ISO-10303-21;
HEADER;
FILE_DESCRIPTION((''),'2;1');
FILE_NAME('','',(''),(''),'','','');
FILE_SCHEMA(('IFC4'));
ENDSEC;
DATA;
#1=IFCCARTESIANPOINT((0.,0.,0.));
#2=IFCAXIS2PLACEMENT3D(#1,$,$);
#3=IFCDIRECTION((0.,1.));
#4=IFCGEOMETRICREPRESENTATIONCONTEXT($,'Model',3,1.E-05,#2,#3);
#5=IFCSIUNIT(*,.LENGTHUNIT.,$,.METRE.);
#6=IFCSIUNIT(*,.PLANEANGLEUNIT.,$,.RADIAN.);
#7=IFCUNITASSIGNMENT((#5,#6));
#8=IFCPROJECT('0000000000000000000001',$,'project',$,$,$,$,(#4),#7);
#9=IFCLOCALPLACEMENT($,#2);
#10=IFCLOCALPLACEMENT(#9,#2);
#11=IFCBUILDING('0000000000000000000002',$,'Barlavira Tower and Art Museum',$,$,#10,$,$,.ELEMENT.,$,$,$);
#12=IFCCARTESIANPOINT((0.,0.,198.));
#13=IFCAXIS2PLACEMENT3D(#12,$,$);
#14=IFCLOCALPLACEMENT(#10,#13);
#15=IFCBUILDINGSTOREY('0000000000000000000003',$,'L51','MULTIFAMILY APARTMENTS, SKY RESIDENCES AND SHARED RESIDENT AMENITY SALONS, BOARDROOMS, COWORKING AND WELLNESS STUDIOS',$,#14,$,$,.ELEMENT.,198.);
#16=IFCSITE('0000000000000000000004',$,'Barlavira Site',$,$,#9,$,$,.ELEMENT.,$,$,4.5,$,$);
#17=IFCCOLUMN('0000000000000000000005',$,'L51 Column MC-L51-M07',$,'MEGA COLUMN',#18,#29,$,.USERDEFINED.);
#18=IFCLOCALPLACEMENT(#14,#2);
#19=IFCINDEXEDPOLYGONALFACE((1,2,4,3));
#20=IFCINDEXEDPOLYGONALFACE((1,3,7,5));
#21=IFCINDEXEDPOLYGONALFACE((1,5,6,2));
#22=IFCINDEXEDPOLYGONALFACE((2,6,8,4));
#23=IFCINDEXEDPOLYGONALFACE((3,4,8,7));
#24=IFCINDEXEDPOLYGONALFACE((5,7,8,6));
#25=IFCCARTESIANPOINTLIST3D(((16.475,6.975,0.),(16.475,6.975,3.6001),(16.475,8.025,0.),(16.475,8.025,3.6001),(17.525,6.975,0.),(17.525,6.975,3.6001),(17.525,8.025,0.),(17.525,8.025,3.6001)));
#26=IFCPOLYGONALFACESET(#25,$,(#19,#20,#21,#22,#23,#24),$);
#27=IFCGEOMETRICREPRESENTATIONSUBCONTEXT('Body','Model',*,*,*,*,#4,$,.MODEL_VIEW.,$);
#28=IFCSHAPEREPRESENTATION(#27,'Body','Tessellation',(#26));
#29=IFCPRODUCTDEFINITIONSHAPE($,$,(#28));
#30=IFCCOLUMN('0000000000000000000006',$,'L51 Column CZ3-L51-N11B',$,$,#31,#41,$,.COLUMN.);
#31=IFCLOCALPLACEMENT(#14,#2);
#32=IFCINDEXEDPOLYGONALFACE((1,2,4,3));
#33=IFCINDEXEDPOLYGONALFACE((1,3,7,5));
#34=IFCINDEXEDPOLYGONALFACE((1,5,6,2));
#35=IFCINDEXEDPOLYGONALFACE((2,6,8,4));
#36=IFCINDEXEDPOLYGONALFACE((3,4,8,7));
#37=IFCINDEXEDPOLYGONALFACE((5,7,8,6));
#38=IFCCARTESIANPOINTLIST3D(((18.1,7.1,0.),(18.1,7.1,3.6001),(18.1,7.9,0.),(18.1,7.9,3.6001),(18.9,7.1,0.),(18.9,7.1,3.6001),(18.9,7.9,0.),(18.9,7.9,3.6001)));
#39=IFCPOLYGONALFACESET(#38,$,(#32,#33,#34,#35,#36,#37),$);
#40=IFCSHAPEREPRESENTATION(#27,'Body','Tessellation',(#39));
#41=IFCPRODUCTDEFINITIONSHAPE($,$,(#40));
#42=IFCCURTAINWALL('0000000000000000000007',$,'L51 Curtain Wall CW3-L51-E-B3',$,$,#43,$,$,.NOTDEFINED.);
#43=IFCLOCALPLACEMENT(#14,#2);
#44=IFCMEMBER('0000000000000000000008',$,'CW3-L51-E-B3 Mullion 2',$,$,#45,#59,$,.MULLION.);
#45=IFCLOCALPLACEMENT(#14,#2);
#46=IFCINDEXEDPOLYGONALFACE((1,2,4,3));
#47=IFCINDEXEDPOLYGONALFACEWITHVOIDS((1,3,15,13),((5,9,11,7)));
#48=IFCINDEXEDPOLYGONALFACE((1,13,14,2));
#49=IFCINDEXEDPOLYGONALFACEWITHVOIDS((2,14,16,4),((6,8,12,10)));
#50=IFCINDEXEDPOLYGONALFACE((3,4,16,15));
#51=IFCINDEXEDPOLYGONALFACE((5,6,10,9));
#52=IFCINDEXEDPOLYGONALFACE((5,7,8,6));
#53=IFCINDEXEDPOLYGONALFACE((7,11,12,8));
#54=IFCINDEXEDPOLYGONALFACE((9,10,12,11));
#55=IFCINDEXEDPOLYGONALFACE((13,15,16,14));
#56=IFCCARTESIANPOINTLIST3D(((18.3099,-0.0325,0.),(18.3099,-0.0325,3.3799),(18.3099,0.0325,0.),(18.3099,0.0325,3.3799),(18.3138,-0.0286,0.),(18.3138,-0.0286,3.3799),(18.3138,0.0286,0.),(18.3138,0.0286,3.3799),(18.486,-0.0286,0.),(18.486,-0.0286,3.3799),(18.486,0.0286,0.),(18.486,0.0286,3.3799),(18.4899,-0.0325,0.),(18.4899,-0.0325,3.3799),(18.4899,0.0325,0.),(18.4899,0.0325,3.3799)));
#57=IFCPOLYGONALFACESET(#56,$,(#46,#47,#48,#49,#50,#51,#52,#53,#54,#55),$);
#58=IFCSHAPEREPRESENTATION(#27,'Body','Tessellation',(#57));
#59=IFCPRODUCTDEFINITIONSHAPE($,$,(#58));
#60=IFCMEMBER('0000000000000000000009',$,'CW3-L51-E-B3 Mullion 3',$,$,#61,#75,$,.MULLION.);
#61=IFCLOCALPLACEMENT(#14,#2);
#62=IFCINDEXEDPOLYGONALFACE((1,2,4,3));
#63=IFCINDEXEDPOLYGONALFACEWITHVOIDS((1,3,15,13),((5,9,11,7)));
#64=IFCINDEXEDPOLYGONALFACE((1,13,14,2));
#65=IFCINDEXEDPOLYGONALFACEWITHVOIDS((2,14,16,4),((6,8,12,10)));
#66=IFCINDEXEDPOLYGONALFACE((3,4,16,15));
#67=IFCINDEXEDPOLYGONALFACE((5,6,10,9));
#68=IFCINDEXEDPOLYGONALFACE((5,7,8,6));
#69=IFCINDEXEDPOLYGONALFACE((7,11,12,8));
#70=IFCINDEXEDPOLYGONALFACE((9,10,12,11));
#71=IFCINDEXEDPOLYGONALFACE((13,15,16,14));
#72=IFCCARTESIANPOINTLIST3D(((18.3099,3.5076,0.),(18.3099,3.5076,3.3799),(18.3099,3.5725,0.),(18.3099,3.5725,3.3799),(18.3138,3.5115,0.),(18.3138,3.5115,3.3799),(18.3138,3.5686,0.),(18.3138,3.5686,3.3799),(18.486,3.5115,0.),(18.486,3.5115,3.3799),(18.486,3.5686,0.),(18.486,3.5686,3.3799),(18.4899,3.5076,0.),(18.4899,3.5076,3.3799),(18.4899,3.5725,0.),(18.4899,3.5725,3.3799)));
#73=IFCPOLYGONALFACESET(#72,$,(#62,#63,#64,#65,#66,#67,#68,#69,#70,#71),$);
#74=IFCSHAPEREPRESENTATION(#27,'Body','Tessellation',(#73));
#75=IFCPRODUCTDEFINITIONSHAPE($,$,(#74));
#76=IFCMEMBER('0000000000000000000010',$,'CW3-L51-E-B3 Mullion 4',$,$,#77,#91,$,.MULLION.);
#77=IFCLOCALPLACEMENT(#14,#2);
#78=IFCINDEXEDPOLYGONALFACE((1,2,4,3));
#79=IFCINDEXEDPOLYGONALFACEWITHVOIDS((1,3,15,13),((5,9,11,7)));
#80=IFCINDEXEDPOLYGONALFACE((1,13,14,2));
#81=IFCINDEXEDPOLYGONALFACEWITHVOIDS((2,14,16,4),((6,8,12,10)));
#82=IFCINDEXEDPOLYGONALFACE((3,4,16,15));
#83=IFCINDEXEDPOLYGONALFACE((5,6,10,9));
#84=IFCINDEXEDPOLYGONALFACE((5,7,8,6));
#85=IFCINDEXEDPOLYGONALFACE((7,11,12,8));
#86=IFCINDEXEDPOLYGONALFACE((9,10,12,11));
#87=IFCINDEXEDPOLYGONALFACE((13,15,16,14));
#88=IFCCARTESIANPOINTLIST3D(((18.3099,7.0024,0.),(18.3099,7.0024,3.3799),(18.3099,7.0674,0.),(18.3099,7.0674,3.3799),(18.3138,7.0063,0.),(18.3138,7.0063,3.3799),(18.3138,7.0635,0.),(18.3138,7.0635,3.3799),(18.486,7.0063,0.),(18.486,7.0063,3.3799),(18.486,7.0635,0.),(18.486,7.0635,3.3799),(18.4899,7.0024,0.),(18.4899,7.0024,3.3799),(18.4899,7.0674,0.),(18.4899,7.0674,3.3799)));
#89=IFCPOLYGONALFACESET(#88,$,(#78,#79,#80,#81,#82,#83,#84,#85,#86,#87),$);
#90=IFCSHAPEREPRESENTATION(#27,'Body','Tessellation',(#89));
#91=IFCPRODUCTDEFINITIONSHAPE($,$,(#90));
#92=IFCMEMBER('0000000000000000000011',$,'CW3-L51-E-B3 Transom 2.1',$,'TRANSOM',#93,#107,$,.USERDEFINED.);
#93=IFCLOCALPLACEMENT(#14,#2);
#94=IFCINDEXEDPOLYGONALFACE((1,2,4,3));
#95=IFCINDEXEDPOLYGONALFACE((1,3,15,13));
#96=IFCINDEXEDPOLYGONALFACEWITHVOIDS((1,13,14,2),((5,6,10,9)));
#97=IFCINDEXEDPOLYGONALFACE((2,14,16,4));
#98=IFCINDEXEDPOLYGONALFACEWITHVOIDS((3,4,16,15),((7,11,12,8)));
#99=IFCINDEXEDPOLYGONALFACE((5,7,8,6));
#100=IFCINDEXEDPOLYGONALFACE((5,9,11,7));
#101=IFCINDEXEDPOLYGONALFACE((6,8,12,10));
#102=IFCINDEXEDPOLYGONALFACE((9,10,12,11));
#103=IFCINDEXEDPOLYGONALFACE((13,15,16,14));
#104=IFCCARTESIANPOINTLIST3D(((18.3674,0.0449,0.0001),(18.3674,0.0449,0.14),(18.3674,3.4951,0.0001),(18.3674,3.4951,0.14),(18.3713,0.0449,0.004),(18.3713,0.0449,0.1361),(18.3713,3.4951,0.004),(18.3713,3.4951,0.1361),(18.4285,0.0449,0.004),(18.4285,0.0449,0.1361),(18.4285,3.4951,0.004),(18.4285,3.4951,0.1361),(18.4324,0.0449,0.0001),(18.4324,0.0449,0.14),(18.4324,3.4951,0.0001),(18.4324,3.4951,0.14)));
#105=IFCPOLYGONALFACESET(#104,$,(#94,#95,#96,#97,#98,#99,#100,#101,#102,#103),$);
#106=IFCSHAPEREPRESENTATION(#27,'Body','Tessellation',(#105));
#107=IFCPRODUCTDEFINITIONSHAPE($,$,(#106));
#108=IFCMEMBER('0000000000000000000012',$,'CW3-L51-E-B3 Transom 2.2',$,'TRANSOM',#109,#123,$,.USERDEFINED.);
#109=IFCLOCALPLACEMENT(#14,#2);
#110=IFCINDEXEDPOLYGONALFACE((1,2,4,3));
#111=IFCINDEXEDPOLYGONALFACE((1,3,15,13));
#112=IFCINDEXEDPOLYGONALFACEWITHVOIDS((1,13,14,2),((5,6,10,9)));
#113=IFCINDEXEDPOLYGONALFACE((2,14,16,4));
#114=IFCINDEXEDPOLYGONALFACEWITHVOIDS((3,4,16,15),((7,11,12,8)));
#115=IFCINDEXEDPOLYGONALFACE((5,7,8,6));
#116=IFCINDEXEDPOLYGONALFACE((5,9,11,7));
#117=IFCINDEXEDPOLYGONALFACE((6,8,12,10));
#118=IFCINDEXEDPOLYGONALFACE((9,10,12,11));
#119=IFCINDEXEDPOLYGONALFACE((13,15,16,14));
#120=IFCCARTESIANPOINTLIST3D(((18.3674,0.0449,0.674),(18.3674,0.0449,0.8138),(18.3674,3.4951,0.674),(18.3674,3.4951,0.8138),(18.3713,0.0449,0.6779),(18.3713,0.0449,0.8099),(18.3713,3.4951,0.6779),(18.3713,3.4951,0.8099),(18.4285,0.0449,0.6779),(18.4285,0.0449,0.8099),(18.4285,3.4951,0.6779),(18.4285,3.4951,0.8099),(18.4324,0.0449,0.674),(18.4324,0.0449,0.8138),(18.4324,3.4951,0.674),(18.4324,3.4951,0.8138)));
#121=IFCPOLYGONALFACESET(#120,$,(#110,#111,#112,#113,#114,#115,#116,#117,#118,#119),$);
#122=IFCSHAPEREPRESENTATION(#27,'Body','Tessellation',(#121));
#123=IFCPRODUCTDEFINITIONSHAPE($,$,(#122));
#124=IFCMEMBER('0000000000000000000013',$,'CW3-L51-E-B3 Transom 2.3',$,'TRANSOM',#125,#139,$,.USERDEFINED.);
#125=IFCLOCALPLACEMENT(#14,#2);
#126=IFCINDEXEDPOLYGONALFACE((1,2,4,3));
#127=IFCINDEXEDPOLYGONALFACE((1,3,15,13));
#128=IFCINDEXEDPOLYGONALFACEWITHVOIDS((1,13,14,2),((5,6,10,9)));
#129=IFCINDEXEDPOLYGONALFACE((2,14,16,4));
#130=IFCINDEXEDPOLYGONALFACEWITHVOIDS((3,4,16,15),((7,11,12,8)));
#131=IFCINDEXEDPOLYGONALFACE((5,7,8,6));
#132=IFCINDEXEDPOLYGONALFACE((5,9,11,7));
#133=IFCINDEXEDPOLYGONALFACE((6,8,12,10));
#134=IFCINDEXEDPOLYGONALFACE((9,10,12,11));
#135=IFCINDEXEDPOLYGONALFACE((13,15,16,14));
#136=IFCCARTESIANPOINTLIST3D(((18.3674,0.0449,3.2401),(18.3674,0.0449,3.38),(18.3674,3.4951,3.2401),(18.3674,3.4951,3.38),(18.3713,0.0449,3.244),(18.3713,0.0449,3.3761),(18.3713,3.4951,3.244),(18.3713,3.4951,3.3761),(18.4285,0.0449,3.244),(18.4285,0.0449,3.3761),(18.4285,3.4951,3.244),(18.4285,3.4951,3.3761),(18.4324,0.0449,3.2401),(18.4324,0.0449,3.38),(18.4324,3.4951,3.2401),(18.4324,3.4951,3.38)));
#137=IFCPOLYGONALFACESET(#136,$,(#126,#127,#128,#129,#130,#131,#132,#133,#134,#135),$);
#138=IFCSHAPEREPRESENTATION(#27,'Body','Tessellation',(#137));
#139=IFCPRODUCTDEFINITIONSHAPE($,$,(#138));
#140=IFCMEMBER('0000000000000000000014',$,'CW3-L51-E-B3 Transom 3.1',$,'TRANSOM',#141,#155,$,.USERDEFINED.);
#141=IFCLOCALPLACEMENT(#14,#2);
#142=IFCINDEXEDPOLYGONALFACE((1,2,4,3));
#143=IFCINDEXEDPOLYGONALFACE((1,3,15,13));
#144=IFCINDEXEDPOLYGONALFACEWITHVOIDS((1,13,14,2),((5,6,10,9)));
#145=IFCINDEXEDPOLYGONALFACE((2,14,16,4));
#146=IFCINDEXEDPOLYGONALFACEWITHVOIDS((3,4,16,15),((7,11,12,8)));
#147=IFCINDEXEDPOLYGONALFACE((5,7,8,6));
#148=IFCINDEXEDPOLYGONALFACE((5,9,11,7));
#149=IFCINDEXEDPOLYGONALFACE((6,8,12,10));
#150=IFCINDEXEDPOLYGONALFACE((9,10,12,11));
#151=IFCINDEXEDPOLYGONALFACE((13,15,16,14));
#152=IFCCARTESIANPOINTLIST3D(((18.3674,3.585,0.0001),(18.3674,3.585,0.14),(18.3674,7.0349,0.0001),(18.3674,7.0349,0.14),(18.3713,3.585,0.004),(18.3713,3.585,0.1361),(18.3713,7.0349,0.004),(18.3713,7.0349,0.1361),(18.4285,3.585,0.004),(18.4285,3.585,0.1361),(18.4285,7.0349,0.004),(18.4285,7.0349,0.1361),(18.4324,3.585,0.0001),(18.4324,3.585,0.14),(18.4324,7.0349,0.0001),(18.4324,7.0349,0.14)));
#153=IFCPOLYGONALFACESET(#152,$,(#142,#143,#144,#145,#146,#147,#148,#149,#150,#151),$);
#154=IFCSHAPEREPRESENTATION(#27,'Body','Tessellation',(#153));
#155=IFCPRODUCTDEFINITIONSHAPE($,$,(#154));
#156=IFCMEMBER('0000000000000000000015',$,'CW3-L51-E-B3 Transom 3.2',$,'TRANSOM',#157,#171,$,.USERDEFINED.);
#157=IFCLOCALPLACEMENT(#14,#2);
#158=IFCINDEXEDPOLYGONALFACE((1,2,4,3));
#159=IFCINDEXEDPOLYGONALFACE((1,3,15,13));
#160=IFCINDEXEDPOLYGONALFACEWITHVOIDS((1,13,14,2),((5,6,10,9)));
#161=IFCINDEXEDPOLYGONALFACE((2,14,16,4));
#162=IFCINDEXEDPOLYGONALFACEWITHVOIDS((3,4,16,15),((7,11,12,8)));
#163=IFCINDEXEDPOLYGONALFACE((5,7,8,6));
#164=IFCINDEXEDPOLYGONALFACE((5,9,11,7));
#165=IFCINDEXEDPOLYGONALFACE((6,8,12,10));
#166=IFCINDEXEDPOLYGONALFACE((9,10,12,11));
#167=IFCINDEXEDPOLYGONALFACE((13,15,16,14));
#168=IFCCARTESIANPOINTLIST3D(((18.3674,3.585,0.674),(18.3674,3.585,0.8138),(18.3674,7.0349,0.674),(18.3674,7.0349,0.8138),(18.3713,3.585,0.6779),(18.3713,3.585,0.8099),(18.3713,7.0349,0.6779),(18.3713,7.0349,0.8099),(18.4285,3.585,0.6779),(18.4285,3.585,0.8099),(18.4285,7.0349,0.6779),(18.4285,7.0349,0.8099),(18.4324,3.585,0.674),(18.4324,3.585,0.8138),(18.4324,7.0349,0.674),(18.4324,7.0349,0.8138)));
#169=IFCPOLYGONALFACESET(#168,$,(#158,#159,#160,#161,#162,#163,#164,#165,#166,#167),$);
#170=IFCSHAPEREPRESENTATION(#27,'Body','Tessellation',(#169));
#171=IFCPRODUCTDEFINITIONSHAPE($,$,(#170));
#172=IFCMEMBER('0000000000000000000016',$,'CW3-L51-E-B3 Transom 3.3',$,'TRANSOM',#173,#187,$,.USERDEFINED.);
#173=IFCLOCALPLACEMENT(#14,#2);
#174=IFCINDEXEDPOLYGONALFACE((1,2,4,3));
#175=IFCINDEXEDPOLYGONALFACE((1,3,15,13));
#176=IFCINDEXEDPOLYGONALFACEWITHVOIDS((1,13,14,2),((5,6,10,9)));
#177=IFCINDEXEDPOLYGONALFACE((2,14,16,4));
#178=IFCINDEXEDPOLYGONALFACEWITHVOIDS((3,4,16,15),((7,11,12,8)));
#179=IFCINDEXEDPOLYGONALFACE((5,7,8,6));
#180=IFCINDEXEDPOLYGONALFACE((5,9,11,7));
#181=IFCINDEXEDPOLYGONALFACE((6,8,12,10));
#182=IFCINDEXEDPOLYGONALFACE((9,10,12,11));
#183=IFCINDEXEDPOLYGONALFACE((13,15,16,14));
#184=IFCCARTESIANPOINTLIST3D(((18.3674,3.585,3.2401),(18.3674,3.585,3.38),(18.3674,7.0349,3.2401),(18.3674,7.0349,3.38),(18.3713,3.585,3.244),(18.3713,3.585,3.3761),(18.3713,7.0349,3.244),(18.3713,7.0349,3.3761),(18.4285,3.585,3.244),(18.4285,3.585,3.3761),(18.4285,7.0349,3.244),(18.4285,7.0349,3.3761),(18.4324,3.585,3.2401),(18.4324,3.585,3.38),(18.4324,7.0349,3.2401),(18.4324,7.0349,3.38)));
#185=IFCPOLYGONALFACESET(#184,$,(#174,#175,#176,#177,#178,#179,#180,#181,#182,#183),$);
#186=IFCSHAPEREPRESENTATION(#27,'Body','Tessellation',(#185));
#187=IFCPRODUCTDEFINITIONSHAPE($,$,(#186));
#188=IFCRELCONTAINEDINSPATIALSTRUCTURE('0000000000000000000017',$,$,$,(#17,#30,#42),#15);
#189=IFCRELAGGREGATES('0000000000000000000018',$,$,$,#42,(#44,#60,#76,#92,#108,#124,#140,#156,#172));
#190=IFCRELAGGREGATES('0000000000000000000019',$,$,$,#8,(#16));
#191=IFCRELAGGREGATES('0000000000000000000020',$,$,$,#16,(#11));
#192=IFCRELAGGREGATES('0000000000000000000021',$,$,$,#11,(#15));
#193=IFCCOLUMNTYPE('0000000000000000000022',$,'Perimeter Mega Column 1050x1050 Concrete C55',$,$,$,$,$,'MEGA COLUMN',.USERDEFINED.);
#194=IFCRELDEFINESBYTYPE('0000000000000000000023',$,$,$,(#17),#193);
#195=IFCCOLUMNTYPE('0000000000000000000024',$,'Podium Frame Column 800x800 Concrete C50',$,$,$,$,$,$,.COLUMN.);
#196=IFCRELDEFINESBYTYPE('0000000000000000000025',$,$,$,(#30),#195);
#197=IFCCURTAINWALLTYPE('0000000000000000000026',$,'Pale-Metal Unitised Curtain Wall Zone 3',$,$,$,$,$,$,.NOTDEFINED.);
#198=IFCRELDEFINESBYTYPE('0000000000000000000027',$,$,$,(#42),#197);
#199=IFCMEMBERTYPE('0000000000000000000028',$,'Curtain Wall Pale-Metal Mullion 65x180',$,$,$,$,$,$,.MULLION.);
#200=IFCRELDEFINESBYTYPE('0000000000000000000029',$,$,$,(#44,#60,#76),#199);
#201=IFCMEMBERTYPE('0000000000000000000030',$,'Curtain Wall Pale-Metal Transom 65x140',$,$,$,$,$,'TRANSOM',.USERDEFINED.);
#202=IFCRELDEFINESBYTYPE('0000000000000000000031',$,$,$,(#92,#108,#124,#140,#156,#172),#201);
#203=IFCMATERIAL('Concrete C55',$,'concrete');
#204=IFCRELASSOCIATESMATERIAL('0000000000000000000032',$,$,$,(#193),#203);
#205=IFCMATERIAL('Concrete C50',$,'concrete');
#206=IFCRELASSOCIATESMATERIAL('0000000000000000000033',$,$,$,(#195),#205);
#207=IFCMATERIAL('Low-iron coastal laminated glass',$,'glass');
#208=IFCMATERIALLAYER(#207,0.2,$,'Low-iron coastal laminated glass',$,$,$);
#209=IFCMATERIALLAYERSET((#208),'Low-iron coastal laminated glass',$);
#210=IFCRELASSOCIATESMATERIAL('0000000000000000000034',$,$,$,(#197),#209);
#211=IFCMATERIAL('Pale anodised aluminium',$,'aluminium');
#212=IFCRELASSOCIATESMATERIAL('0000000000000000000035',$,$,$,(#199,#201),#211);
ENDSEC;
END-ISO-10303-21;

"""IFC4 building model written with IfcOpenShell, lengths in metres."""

from ifc_helpers import new_model, si_unit, direction, frame, origin, origin_2d, place, context, subcontext, project, spatial, rectangle, hollow_rectangle, extrude, material, layer, layer_set, material_profile, profile_set, type_object, element, aggregate, save


model = new_model("IFC4")

# Units and contexts
model_context = context("Model", 3, precision=1e-05, world=origin(), true_north=direction((0.0, 1.0)))
body_context = subcontext(model_context, "Body", "Model", "MODEL_VIEW")
ifc_project = project(units=[si_unit("LENGTHUNIT", "METRE"), si_unit("PLANEANGLEUNIT", "RADIAN")], contexts=[model_context])

# Site, building, storey
site_placement = place(None, origin())
site = spatial("IfcSite", under=ifc_project, at=site_placement, Name="Barlavira Site", CompositionType="ELEMENT", RefElevation=4.5)
building_placement = place(site_placement, origin())
building = spatial("IfcBuilding", under=site, at=building_placement, Name="Barlavira Tower and Art Museum", CompositionType="ELEMENT")
storey_placement = place(building_placement, frame((0.0, 0.0, 198.0)))
storey = spatial("IfcBuildingStorey", under=building, at=storey_placement, Name="L51", Description="MULTIFAMILY APARTMENTS, SKY RESIDENCES AND SHARED RESIDENT AMENITY SALONS, BOARDROOMS, COWORKING AND WELLNESS STUDIOS", CompositionType="ELEMENT", Elevation=198.0)

# Columns
ifc_material_1 = material(Name="Concrete C55", Category="concrete")
ifc_material_profile_1 = material_profile(ifc_material_1, rectangle(XDim=1.05, YDim=1.05, at=origin_2d()), Name="RC-COL 1050x1050")
ifc_profile_set_1 = profile_set([ifc_material_profile_1], Name="Concrete C55")
column_type_1 = type_object("IfcColumnType", Name="Perimeter Mega Column 1050x1050 Concrete C55", ElementType="MEGA COLUMN", PredefinedType="USERDEFINED", material=ifc_profile_set_1)
column_1_placement = place(storey_placement, frame((17.0, 7.5, 0.0), z_axis=(0.0, 0.0, 1.0), x_axis=(1.0, 0.0, 0.0)))
element("IfcColumn", 1, at=column_1_placement, inside=storey, type_object=column_type_1, Name="L51 Column MC-L51-M07", ObjectType="MEGA COLUMN", PredefinedType="USERDEFINED", context=body_context, shape_type="SweptSolid", body=[
    extrude(rectangle(XDim=1.05, YDim=1.05, at=origin_2d()), origin(), (0.0, 0.0, 1.0), 3.6001),
])
ifc_material_2 = material(Name="Concrete C50", Category="concrete")
ifc_material_profile_2 = material_profile(ifc_material_2, rectangle(XDim=0.8, YDim=0.8, at=origin_2d()), Name="RC-COL 800x800")
ifc_profile_set_2 = profile_set([ifc_material_profile_2], Name="Concrete C50")
column_type_2 = type_object("IfcColumnType", Name="Podium Frame Column 800x800 Concrete C50", PredefinedType="COLUMN", material=ifc_profile_set_2)
column_2_placement = place(storey_placement, frame((18.5, 7.5, 0.0), z_axis=(0.0, 0.0, 1.0), x_axis=(1.0, 0.0, 0.0)))
element("IfcColumn", 2, at=column_2_placement, inside=storey, type_object=column_type_2, Name="L51 Column CZ3-L51-N11B", PredefinedType="COLUMN", context=body_context, shape_type="SweptSolid", body=[
    extrude(rectangle(XDim=0.8, YDim=0.8, at=origin_2d()), origin(), (0.0, 0.0, 1.0), 3.6001),
])

# Curtain wall, members
ifc_material_3 = material(Name="Low-iron coastal laminated glass", Category="glass")
ifc_layer_1 = layer(ifc_material_3, 0.2, Name="Low-iron coastal laminated glass")
ifc_layer_set_1 = layer_set([ifc_layer_1], Name="Low-iron coastal laminated glass")
curtain_wall_type = type_object("IfcCurtainWallType", Name="Pale-Metal Unitised Curtain Wall Zone 3", PredefinedType="NOTDEFINED", material=ifc_layer_set_1)
curtain_wall_placement = place(storey_placement, origin())
curtain_wall = element("IfcCurtainWall", 3, at=curtain_wall_placement, inside=storey, type_object=curtain_wall_type, Name="L51 Curtain Wall CW3-L51-E-B3", PredefinedType="NOTDEFINED")
ifc_material_4 = material(Name="Pale anodised aluminium", Category="aluminium")
ifc_material_profile_3 = material_profile(ifc_material_4, hollow_rectangle(XDim=0.0649, YDim=0.1799, WallThickness=0.0039, at=origin_2d()), Name="ALU-MULL 65x180x4")
ifc_profile_set_3 = profile_set([ifc_material_profile_3], Name="Pale anodised aluminium")
member_type_1 = type_object("IfcMemberType", Name="Curtain Wall Pale-Metal Mullion 65x180", PredefinedType="MULLION", material=ifc_profile_set_3)
member_1_placement = place(storey_placement, frame((18.3999, 0.0, 0.0), z_axis=(0.0, 0.0, 1.0), x_axis=(0.0, 1.0, 0.0)))
member_1 = element("IfcMember", 4, at=member_1_placement, type_object=member_type_1, Name="CW3-L51-E-B3 Mullion 2", PredefinedType="MULLION", context=body_context, shape_type="SweptSolid", body=[
    extrude(hollow_rectangle(XDim=0.0649, YDim=0.1799, WallThickness=0.0039, at=origin_2d()), origin(), (0.0, 0.0, 1.0), 3.3799),
])
member_2_placement = place(storey_placement, frame((18.3999, 3.54, 0.0), z_axis=(0.0, 0.0, 1.0), x_axis=(0.0, 1.0, 0.0)))
member_2 = element("IfcMember", 5, at=member_2_placement, type_object=member_type_1, Name="CW3-L51-E-B3 Mullion 3", PredefinedType="MULLION", context=body_context, shape_type="SweptSolid", body=[
    extrude(hollow_rectangle(XDim=0.0649, YDim=0.1799, WallThickness=0.0039, at=origin_2d()), origin(), (0.0, 0.0, 1.0), 3.3799),
])
member_3_placement = place(storey_placement, frame((18.3999, 7.0349, 0.0), z_axis=(0.0, 0.0, 1.0), x_axis=(0.0, 1.0, 0.0)))
member_3 = element("IfcMember", 6, at=member_3_placement, type_object=member_type_1, Name="CW3-L51-E-B3 Mullion 4", PredefinedType="MULLION", context=body_context, shape_type="SweptSolid", body=[
    extrude(hollow_rectangle(XDim=0.0649, YDim=0.1799, WallThickness=0.0039, at=origin_2d()), origin(), (0.0, 0.0, 1.0), 3.3799),
])
ifc_material_profile_4 = material_profile(ifc_material_4, hollow_rectangle(XDim=0.0649, YDim=0.1399, WallThickness=0.0039, at=origin_2d()), Name="ALU-TRAN 65x140x4")
ifc_profile_set_4 = profile_set([ifc_material_profile_4], Name="Pale anodised aluminium")
member_type_2 = type_object("IfcMemberType", Name="Curtain Wall Pale-Metal Transom 65x140", ElementType="TRANSOM", PredefinedType="USERDEFINED", material=ifc_profile_set_4)
member_4_placement = place(storey_placement, frame((18.3999, 0.0449, 0.0701), z_axis=(0.0, 1.0, 0.0), x_axis=(-1.0, 0.0, 0.0)))
member_4 = element("IfcMember", 7, at=member_4_placement, type_object=member_type_2, Name="CW3-L51-E-B3 Transom 2.1", ObjectType="TRANSOM", PredefinedType="USERDEFINED", context=body_context, shape_type="SweptSolid", body=[
    extrude(hollow_rectangle(XDim=0.0649, YDim=0.1399, WallThickness=0.0039, at=origin_2d()), origin(), (0.0, 0.0, 1.0), 3.4502),
])
member_5_placement = place(storey_placement, frame((18.3999, 0.0449, 0.7439), z_axis=(0.0, 1.0, 0.0), x_axis=(-1.0, 0.0, 0.0)))
member_5 = element("IfcMember", 8, at=member_5_placement, type_object=member_type_2, Name="CW3-L51-E-B3 Transom 2.2", ObjectType="TRANSOM", PredefinedType="USERDEFINED", context=body_context, shape_type="SweptSolid", body=[
    extrude(hollow_rectangle(XDim=0.0649, YDim=0.1399, WallThickness=0.0039, at=origin_2d()), origin(), (0.0, 0.0, 1.0), 3.4502),
])
member_6_placement = place(storey_placement, frame((18.3999, 0.0449, 3.3101), z_axis=(0.0, 1.0, 0.0), x_axis=(-1.0, 0.0, 0.0)))
member_6 = element("IfcMember", 9, at=member_6_placement, type_object=member_type_2, Name="CW3-L51-E-B3 Transom 2.3", ObjectType="TRANSOM", PredefinedType="USERDEFINED", context=body_context, shape_type="SweptSolid", body=[
    extrude(hollow_rectangle(XDim=0.0649, YDim=0.1399, WallThickness=0.0039, at=origin_2d()), origin(), (0.0, 0.0, 1.0), 3.4502),
])
member_7_placement = place(storey_placement, frame((18.3999, 3.585, 0.0701), z_axis=(0.0, 1.0, 0.0), x_axis=(-1.0, 0.0, 0.0)))
member_7 = element("IfcMember", 10, at=member_7_placement, type_object=member_type_2, Name="CW3-L51-E-B3 Transom 3.1", ObjectType="TRANSOM", PredefinedType="USERDEFINED", context=body_context, shape_type="SweptSolid", body=[
    extrude(hollow_rectangle(XDim=0.0649, YDim=0.1399, WallThickness=0.0039, at=origin_2d()), origin(), (0.0, 0.0, 1.0), 3.45),
])
member_8_placement = place(storey_placement, frame((18.3999, 3.585, 0.7439), z_axis=(0.0, 1.0, 0.0), x_axis=(-1.0, 0.0, 0.0)))
member_8 = element("IfcMember", 11, at=member_8_placement, type_object=member_type_2, Name="CW3-L51-E-B3 Transom 3.2", ObjectType="TRANSOM", PredefinedType="USERDEFINED", context=body_context, shape_type="SweptSolid", body=[
    extrude(hollow_rectangle(XDim=0.0649, YDim=0.1399, WallThickness=0.0039, at=origin_2d()), origin(), (0.0, 0.0, 1.0), 3.45),
])
member_9_placement = place(storey_placement, frame((18.3999, 3.585, 3.3101), z_axis=(0.0, 1.0, 0.0), x_axis=(-1.0, 0.0, 0.0)))
member_9 = element("IfcMember", 12, at=member_9_placement, type_object=member_type_2, Name="CW3-L51-E-B3 Transom 3.3", ObjectType="TRANSOM", PredefinedType="USERDEFINED", context=body_context, shape_type="SweptSolid", body=[
    extrude(hollow_rectangle(XDim=0.0649, YDim=0.1399, WallThickness=0.0039, at=origin_2d()), origin(), (0.0, 0.0, 1.0), 3.45),
])

aggregate(curtain_wall, [member_1, member_2, member_3, member_4, member_5, member_6, member_7, member_8, member_9])

save(model, "model.ifc")
